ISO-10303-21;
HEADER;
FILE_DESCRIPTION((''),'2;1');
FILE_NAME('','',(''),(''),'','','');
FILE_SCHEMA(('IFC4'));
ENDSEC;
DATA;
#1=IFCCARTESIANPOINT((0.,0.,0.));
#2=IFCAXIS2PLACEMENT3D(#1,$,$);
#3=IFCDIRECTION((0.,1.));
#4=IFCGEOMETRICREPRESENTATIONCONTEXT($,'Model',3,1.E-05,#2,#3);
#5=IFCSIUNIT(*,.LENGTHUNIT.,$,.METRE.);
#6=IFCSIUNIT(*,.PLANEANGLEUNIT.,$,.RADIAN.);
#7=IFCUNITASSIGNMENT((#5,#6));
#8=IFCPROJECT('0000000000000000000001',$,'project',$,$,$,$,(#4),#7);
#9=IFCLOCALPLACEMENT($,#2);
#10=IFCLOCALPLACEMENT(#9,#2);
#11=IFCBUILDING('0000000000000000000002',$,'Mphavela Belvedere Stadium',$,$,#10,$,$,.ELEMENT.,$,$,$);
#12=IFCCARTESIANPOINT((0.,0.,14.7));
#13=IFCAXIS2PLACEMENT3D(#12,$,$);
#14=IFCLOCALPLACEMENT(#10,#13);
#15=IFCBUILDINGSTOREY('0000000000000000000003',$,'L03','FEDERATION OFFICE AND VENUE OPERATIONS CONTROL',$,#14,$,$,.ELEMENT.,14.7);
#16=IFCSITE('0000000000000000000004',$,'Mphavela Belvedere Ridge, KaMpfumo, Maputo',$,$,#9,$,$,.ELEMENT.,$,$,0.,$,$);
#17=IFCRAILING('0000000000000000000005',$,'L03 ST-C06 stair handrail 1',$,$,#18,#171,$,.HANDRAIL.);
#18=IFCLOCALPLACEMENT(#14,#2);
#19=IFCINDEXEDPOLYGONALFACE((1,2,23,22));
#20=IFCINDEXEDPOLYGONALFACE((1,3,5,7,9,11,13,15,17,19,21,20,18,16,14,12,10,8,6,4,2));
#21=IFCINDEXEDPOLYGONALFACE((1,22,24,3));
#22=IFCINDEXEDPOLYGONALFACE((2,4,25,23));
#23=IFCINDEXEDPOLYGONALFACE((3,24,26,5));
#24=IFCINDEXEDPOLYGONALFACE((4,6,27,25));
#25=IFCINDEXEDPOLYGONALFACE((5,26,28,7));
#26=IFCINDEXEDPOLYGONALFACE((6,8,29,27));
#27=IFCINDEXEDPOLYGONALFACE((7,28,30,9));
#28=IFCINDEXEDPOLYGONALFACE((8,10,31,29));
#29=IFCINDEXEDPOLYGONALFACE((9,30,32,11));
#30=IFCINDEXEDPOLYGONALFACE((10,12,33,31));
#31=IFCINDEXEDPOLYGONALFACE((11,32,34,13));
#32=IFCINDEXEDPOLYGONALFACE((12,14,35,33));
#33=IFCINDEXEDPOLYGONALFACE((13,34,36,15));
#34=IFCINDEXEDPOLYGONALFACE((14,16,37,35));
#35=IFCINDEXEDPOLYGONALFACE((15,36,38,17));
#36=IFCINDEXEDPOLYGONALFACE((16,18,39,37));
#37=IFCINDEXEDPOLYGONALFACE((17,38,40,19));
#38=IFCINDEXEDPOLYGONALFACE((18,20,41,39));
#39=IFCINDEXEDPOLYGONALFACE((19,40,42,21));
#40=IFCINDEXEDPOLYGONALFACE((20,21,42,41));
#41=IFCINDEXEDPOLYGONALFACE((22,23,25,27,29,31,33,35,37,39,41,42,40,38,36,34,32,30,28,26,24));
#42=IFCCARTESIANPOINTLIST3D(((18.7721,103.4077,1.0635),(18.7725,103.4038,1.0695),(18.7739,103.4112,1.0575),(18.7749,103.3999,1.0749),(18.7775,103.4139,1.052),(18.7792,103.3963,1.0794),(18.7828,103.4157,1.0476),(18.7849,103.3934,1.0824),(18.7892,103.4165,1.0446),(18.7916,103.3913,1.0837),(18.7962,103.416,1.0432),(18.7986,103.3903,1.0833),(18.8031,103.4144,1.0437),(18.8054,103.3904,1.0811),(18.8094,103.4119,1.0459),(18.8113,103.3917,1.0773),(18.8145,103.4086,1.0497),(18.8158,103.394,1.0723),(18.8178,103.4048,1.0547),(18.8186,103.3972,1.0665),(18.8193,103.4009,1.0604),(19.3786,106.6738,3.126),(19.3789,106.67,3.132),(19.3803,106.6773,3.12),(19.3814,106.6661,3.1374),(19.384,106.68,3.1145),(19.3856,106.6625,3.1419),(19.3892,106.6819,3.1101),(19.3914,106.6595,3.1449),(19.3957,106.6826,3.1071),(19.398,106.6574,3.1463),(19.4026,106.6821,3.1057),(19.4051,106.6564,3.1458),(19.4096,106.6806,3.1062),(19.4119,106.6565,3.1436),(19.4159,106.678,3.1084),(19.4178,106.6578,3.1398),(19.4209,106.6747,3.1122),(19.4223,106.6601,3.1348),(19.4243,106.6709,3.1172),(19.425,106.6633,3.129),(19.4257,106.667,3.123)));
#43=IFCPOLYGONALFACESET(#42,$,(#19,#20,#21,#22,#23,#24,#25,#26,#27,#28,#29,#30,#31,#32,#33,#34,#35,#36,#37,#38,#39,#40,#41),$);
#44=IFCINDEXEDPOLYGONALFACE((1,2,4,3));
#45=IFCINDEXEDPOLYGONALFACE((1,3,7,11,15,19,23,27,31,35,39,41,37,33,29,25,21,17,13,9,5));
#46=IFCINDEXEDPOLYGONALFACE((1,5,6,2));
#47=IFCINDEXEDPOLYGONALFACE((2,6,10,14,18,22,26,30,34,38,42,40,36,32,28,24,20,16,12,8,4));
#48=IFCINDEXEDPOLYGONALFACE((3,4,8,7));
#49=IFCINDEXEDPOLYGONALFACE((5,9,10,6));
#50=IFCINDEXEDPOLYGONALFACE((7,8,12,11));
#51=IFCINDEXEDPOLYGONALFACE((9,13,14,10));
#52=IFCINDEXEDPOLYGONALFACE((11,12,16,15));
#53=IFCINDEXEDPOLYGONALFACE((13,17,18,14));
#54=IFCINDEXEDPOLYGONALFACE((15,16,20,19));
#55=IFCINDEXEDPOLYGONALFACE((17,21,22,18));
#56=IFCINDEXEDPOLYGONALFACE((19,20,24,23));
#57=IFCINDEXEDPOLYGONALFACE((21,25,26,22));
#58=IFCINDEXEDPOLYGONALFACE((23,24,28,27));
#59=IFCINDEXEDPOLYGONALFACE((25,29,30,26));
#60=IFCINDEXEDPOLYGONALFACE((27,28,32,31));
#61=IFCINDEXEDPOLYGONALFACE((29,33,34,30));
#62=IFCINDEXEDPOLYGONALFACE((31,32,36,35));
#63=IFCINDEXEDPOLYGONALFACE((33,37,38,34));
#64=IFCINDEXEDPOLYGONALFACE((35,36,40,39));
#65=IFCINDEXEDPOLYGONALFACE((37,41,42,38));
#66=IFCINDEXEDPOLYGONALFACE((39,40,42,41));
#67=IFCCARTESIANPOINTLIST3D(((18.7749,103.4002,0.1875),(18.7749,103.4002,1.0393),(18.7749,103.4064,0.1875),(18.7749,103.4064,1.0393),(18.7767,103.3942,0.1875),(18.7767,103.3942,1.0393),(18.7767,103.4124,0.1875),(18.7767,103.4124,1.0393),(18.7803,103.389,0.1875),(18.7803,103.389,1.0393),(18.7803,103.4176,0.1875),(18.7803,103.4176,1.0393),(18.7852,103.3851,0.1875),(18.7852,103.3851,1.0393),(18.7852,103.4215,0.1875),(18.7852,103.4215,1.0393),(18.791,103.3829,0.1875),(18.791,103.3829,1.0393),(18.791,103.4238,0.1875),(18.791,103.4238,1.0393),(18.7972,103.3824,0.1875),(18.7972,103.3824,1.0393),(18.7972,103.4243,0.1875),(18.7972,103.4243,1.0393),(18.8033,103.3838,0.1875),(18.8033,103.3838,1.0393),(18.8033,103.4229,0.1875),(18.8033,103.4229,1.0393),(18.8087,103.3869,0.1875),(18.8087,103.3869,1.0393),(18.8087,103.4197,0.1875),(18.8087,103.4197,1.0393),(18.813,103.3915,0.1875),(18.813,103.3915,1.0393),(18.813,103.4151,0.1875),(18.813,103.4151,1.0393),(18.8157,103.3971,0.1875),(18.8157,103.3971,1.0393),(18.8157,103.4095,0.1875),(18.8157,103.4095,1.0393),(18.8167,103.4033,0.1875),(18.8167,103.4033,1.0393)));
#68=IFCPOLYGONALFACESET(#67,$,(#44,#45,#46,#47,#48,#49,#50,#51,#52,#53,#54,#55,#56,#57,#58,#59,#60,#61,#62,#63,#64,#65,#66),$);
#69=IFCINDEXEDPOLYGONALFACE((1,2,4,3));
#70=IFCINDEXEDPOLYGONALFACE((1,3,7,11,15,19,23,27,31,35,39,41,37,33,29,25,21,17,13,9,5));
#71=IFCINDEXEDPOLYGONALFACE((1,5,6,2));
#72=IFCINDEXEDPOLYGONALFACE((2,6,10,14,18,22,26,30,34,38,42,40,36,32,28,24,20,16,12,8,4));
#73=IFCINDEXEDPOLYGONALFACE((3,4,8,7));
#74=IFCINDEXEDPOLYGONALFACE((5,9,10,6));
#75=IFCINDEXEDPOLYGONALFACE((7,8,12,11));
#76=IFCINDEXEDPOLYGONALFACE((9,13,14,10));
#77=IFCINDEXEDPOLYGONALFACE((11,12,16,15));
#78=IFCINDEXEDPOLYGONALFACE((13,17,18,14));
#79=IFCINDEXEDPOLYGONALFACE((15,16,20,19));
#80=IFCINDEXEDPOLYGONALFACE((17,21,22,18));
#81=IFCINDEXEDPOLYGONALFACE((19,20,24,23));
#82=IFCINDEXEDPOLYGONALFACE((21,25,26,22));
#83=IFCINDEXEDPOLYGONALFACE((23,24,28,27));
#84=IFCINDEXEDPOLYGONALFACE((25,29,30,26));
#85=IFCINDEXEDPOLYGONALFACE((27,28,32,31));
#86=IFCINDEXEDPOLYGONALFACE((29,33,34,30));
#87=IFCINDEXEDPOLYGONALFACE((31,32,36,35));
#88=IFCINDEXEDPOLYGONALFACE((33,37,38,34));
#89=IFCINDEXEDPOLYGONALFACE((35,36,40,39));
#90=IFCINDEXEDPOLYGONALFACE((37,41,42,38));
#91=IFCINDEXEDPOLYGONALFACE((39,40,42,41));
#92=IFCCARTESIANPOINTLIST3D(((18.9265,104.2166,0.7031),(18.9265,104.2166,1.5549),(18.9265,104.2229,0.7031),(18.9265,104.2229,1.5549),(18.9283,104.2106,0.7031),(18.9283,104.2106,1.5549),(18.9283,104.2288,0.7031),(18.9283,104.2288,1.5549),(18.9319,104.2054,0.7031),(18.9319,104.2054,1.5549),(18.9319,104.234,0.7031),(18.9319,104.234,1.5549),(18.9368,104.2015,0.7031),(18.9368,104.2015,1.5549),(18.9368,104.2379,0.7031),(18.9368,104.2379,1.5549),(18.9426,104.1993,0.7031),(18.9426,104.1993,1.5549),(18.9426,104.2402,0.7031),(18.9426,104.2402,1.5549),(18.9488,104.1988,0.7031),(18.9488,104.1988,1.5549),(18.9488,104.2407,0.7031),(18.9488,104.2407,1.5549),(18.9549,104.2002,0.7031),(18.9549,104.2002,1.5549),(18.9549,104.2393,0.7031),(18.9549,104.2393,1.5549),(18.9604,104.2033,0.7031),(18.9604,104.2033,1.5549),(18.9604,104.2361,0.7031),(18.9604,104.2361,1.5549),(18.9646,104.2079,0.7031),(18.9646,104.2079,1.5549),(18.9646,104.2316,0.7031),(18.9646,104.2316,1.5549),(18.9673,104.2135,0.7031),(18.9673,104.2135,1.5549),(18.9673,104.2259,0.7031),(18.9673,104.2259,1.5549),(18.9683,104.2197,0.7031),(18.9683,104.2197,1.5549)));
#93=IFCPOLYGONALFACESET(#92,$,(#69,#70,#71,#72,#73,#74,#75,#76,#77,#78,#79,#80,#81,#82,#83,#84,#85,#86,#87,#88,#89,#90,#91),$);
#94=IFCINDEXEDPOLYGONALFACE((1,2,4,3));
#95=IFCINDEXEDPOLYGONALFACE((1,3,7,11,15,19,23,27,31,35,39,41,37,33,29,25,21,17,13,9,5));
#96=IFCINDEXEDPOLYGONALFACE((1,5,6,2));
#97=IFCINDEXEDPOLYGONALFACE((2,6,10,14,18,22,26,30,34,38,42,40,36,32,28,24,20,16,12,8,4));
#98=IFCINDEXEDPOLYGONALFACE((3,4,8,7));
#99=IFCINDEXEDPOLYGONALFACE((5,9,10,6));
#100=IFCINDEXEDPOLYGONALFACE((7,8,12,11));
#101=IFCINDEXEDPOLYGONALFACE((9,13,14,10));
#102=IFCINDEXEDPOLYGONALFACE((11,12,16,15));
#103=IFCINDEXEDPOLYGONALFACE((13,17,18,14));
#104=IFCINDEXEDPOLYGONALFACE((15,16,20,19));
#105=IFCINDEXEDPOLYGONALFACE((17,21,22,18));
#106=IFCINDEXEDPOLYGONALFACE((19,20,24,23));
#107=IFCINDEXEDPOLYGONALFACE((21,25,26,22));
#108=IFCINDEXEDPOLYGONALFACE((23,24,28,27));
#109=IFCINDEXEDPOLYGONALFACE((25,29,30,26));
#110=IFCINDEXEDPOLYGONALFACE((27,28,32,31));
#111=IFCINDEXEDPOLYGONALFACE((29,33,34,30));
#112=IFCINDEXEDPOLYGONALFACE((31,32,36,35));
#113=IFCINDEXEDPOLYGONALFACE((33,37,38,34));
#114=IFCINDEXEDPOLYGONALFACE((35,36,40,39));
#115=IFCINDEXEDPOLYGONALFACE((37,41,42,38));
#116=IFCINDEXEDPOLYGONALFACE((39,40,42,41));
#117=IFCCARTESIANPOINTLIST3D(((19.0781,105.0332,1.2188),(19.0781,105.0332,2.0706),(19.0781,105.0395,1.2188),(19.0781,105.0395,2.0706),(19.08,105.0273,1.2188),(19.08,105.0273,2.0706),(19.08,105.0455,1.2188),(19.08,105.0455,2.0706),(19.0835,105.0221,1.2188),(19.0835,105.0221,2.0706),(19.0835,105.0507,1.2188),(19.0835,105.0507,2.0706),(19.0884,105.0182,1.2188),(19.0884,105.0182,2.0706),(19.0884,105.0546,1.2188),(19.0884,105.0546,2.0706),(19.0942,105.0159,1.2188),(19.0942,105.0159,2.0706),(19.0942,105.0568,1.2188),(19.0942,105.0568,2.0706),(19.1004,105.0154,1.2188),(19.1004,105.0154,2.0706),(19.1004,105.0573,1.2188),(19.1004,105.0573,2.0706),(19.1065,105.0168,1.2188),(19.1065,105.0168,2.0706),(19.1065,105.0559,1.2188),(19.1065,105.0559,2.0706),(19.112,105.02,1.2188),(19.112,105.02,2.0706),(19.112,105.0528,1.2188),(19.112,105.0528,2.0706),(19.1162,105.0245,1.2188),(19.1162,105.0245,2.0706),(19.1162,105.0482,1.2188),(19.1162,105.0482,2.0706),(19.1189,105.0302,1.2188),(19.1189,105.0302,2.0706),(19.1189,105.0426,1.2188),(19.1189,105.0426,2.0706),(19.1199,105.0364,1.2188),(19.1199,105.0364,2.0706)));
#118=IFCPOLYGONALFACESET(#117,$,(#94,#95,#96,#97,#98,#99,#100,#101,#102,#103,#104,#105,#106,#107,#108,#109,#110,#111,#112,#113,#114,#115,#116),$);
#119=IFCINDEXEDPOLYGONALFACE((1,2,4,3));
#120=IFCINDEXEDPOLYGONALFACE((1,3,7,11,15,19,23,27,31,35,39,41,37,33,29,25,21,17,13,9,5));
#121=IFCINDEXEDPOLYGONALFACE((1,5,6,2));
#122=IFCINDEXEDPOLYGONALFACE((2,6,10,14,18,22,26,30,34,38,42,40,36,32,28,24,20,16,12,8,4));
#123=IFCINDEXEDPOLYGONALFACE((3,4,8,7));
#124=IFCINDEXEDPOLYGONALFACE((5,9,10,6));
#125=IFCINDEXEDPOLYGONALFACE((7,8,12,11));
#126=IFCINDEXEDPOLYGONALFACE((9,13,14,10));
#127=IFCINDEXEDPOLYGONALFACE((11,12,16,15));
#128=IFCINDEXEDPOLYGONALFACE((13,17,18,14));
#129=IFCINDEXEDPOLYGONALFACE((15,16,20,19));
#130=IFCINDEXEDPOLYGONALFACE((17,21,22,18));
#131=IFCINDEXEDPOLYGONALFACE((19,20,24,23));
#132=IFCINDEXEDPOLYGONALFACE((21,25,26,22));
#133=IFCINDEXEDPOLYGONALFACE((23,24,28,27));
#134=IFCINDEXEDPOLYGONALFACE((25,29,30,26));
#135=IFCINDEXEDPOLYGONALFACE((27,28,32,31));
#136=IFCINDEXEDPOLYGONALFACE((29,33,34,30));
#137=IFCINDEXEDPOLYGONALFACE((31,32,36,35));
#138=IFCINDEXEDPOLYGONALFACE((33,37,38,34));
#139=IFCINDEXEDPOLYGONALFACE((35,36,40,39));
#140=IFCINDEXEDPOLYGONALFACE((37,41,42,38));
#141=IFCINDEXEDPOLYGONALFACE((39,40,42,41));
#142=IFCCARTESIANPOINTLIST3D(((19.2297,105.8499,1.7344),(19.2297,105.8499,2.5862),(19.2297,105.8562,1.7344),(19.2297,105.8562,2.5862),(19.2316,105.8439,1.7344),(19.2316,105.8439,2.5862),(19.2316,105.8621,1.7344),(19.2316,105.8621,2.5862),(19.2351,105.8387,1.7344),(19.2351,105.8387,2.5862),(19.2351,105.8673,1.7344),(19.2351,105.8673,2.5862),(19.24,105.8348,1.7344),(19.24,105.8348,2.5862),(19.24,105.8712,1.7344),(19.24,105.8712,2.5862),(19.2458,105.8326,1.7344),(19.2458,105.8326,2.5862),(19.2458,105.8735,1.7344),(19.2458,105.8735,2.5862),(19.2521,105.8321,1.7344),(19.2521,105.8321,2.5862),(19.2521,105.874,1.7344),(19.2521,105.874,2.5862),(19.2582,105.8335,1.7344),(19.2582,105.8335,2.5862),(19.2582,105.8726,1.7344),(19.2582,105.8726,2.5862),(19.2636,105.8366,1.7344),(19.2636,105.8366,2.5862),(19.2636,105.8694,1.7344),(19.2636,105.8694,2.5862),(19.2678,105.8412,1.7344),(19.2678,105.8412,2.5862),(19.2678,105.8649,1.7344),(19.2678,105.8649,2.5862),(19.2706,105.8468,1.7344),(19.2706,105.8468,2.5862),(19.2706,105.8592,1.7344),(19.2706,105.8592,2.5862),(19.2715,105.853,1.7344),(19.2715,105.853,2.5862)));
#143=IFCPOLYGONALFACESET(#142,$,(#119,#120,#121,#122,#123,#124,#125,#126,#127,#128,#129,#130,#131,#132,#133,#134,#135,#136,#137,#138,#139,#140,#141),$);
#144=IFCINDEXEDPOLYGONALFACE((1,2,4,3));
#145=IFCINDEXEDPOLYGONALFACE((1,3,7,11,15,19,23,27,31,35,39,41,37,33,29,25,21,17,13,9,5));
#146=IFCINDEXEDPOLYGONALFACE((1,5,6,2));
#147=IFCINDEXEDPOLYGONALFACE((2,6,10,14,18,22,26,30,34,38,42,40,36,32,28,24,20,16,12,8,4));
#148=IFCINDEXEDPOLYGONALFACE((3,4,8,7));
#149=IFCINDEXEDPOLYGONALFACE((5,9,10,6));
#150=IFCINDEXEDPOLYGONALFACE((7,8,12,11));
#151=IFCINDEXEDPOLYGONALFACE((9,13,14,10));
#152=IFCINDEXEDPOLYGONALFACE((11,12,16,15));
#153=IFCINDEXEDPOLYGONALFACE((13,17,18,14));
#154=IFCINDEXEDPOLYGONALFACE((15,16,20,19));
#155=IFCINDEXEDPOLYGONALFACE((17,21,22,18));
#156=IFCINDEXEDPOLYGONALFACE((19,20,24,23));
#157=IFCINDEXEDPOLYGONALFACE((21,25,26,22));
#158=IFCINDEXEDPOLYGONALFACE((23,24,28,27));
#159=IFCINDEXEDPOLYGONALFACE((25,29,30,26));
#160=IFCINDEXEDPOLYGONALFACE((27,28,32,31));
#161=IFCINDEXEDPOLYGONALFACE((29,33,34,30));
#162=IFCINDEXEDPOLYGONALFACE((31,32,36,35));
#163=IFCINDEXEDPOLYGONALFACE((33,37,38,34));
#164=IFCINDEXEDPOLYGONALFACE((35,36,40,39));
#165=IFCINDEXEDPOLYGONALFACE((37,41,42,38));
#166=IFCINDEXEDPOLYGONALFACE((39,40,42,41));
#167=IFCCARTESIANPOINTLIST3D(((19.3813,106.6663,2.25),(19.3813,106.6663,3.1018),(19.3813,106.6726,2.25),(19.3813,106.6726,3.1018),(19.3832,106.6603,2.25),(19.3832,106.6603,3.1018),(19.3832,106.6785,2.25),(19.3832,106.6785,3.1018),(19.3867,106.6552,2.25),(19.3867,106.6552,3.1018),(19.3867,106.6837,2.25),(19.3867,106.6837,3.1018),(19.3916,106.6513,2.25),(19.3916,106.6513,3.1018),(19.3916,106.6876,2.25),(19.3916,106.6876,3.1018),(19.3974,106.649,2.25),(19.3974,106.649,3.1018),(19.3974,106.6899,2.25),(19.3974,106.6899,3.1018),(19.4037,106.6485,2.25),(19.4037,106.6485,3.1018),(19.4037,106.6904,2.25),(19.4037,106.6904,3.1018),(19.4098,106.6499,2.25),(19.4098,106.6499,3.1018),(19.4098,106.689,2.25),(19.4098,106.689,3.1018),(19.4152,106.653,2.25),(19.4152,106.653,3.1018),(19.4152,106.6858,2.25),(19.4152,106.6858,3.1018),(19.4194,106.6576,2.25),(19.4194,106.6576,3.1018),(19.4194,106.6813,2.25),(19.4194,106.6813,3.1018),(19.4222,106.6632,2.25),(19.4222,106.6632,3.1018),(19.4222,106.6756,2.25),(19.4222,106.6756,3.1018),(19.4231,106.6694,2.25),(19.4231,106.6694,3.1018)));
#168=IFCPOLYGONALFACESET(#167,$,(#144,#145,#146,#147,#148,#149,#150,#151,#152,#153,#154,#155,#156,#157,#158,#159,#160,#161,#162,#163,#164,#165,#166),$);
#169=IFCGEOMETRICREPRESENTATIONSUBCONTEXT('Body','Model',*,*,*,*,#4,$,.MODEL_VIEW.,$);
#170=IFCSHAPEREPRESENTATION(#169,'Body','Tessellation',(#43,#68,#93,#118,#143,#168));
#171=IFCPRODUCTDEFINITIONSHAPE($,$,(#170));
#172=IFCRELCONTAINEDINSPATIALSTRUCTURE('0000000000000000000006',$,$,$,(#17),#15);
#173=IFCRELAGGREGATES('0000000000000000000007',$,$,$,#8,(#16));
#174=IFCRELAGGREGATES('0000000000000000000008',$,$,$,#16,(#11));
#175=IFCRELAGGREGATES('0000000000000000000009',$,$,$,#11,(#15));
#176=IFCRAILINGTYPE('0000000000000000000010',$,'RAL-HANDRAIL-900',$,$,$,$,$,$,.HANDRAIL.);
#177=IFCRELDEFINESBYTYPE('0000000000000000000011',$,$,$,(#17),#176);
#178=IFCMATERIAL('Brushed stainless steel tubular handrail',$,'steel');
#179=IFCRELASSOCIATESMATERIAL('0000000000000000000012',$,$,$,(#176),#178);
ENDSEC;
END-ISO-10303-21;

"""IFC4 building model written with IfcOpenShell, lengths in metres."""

from ifc_helpers import new_model, si_unit, direction, frame, origin, origin_2d, place, context, subcontext, project, spatial, circle, extrude, material, type_object, element, save


model = new_model("IFC4")

# Units and contexts
model_context = context("Model", 3, precision=1e-05, world=origin(), true_north=direction((0.0, 1.0)))
body_context = subcontext(model_context, "Body", "Model", "MODEL_VIEW")
ifc_project = project(units=[si_unit("LENGTHUNIT", "METRE"), si_unit("PLANEANGLEUNIT", "RADIAN")], contexts=[model_context])

# Site, building, storey
site_placement = place(None, origin())
site = spatial("IfcSite", under=ifc_project, at=site_placement, Name="Mphavela Belvedere Ridge, KaMpfumo, Maputo", CompositionType="ELEMENT", RefElevation=0.0)
building_placement = place(site_placement, origin())
building = spatial("IfcBuilding", under=site, at=building_placement, Name="Mphavela Belvedere Stadium", CompositionType="ELEMENT")
storey_placement = place(building_placement, frame((0.0, 0.0, 14.7)))
storey = spatial("IfcBuildingStorey", under=building, at=storey_placement, Name="L03", Description="FEDERATION OFFICE AND VENUE OPERATIONS CONTROL", CompositionType="ELEMENT", Elevation=14.7)

# Railing
ifc_material_1 = material(Name="Brushed stainless steel tubular handrail", Category="steel")
railing_type_1 = type_object("IfcRailingType", Name="RAL-HANDRAIL-900", PredefinedType="HANDRAIL", material=ifc_material_1)
railing_1_placement = place(storey_placement, frame((18.7957, 103.4033, 0.1875)))
element("IfcRailing", 1, at=railing_1_placement, inside=storey, type_object=railing_type_1, Name="L03 ST-C06 stair handrail 1", PredefinedType="HANDRAIL", context=body_context, shape_type="SweptSolid", body=[
    extrude(circle(Radius=0.0239, at=origin_2d()), frame((0.0, 0.0, 0.876), z_axis=(0.155096, 0.835294, 0.527475), x_axis=(-0.983195, 0.182558, 0.0)), (0.0, 0.0, 1.0), 3.9102),
    extrude(circle(Radius=0.021, at=origin_2d()), origin(), (0.0, 0.0, 1.0), 0.8518),
    extrude(circle(Radius=0.021, at=origin_2d()), frame((0.1516, 0.8164, 0.5156)), (0.0, 0.0, 1.0), 0.8518),
    extrude(circle(Radius=0.021, at=origin_2d()), frame((0.3032, 1.6331, 1.0312)), (0.0, 0.0, 1.0), 0.8518),
    extrude(circle(Radius=0.021, at=origin_2d()), frame((0.4548, 2.4497, 1.5469)), (0.0, 0.0, 1.0), 0.8518),
    extrude(circle(Radius=0.021, at=origin_2d()), frame((0.6064, 3.2661, 2.0625)), (0.0, 0.0, 1.0), 0.8518),
])

save(model, "model.ifc")
